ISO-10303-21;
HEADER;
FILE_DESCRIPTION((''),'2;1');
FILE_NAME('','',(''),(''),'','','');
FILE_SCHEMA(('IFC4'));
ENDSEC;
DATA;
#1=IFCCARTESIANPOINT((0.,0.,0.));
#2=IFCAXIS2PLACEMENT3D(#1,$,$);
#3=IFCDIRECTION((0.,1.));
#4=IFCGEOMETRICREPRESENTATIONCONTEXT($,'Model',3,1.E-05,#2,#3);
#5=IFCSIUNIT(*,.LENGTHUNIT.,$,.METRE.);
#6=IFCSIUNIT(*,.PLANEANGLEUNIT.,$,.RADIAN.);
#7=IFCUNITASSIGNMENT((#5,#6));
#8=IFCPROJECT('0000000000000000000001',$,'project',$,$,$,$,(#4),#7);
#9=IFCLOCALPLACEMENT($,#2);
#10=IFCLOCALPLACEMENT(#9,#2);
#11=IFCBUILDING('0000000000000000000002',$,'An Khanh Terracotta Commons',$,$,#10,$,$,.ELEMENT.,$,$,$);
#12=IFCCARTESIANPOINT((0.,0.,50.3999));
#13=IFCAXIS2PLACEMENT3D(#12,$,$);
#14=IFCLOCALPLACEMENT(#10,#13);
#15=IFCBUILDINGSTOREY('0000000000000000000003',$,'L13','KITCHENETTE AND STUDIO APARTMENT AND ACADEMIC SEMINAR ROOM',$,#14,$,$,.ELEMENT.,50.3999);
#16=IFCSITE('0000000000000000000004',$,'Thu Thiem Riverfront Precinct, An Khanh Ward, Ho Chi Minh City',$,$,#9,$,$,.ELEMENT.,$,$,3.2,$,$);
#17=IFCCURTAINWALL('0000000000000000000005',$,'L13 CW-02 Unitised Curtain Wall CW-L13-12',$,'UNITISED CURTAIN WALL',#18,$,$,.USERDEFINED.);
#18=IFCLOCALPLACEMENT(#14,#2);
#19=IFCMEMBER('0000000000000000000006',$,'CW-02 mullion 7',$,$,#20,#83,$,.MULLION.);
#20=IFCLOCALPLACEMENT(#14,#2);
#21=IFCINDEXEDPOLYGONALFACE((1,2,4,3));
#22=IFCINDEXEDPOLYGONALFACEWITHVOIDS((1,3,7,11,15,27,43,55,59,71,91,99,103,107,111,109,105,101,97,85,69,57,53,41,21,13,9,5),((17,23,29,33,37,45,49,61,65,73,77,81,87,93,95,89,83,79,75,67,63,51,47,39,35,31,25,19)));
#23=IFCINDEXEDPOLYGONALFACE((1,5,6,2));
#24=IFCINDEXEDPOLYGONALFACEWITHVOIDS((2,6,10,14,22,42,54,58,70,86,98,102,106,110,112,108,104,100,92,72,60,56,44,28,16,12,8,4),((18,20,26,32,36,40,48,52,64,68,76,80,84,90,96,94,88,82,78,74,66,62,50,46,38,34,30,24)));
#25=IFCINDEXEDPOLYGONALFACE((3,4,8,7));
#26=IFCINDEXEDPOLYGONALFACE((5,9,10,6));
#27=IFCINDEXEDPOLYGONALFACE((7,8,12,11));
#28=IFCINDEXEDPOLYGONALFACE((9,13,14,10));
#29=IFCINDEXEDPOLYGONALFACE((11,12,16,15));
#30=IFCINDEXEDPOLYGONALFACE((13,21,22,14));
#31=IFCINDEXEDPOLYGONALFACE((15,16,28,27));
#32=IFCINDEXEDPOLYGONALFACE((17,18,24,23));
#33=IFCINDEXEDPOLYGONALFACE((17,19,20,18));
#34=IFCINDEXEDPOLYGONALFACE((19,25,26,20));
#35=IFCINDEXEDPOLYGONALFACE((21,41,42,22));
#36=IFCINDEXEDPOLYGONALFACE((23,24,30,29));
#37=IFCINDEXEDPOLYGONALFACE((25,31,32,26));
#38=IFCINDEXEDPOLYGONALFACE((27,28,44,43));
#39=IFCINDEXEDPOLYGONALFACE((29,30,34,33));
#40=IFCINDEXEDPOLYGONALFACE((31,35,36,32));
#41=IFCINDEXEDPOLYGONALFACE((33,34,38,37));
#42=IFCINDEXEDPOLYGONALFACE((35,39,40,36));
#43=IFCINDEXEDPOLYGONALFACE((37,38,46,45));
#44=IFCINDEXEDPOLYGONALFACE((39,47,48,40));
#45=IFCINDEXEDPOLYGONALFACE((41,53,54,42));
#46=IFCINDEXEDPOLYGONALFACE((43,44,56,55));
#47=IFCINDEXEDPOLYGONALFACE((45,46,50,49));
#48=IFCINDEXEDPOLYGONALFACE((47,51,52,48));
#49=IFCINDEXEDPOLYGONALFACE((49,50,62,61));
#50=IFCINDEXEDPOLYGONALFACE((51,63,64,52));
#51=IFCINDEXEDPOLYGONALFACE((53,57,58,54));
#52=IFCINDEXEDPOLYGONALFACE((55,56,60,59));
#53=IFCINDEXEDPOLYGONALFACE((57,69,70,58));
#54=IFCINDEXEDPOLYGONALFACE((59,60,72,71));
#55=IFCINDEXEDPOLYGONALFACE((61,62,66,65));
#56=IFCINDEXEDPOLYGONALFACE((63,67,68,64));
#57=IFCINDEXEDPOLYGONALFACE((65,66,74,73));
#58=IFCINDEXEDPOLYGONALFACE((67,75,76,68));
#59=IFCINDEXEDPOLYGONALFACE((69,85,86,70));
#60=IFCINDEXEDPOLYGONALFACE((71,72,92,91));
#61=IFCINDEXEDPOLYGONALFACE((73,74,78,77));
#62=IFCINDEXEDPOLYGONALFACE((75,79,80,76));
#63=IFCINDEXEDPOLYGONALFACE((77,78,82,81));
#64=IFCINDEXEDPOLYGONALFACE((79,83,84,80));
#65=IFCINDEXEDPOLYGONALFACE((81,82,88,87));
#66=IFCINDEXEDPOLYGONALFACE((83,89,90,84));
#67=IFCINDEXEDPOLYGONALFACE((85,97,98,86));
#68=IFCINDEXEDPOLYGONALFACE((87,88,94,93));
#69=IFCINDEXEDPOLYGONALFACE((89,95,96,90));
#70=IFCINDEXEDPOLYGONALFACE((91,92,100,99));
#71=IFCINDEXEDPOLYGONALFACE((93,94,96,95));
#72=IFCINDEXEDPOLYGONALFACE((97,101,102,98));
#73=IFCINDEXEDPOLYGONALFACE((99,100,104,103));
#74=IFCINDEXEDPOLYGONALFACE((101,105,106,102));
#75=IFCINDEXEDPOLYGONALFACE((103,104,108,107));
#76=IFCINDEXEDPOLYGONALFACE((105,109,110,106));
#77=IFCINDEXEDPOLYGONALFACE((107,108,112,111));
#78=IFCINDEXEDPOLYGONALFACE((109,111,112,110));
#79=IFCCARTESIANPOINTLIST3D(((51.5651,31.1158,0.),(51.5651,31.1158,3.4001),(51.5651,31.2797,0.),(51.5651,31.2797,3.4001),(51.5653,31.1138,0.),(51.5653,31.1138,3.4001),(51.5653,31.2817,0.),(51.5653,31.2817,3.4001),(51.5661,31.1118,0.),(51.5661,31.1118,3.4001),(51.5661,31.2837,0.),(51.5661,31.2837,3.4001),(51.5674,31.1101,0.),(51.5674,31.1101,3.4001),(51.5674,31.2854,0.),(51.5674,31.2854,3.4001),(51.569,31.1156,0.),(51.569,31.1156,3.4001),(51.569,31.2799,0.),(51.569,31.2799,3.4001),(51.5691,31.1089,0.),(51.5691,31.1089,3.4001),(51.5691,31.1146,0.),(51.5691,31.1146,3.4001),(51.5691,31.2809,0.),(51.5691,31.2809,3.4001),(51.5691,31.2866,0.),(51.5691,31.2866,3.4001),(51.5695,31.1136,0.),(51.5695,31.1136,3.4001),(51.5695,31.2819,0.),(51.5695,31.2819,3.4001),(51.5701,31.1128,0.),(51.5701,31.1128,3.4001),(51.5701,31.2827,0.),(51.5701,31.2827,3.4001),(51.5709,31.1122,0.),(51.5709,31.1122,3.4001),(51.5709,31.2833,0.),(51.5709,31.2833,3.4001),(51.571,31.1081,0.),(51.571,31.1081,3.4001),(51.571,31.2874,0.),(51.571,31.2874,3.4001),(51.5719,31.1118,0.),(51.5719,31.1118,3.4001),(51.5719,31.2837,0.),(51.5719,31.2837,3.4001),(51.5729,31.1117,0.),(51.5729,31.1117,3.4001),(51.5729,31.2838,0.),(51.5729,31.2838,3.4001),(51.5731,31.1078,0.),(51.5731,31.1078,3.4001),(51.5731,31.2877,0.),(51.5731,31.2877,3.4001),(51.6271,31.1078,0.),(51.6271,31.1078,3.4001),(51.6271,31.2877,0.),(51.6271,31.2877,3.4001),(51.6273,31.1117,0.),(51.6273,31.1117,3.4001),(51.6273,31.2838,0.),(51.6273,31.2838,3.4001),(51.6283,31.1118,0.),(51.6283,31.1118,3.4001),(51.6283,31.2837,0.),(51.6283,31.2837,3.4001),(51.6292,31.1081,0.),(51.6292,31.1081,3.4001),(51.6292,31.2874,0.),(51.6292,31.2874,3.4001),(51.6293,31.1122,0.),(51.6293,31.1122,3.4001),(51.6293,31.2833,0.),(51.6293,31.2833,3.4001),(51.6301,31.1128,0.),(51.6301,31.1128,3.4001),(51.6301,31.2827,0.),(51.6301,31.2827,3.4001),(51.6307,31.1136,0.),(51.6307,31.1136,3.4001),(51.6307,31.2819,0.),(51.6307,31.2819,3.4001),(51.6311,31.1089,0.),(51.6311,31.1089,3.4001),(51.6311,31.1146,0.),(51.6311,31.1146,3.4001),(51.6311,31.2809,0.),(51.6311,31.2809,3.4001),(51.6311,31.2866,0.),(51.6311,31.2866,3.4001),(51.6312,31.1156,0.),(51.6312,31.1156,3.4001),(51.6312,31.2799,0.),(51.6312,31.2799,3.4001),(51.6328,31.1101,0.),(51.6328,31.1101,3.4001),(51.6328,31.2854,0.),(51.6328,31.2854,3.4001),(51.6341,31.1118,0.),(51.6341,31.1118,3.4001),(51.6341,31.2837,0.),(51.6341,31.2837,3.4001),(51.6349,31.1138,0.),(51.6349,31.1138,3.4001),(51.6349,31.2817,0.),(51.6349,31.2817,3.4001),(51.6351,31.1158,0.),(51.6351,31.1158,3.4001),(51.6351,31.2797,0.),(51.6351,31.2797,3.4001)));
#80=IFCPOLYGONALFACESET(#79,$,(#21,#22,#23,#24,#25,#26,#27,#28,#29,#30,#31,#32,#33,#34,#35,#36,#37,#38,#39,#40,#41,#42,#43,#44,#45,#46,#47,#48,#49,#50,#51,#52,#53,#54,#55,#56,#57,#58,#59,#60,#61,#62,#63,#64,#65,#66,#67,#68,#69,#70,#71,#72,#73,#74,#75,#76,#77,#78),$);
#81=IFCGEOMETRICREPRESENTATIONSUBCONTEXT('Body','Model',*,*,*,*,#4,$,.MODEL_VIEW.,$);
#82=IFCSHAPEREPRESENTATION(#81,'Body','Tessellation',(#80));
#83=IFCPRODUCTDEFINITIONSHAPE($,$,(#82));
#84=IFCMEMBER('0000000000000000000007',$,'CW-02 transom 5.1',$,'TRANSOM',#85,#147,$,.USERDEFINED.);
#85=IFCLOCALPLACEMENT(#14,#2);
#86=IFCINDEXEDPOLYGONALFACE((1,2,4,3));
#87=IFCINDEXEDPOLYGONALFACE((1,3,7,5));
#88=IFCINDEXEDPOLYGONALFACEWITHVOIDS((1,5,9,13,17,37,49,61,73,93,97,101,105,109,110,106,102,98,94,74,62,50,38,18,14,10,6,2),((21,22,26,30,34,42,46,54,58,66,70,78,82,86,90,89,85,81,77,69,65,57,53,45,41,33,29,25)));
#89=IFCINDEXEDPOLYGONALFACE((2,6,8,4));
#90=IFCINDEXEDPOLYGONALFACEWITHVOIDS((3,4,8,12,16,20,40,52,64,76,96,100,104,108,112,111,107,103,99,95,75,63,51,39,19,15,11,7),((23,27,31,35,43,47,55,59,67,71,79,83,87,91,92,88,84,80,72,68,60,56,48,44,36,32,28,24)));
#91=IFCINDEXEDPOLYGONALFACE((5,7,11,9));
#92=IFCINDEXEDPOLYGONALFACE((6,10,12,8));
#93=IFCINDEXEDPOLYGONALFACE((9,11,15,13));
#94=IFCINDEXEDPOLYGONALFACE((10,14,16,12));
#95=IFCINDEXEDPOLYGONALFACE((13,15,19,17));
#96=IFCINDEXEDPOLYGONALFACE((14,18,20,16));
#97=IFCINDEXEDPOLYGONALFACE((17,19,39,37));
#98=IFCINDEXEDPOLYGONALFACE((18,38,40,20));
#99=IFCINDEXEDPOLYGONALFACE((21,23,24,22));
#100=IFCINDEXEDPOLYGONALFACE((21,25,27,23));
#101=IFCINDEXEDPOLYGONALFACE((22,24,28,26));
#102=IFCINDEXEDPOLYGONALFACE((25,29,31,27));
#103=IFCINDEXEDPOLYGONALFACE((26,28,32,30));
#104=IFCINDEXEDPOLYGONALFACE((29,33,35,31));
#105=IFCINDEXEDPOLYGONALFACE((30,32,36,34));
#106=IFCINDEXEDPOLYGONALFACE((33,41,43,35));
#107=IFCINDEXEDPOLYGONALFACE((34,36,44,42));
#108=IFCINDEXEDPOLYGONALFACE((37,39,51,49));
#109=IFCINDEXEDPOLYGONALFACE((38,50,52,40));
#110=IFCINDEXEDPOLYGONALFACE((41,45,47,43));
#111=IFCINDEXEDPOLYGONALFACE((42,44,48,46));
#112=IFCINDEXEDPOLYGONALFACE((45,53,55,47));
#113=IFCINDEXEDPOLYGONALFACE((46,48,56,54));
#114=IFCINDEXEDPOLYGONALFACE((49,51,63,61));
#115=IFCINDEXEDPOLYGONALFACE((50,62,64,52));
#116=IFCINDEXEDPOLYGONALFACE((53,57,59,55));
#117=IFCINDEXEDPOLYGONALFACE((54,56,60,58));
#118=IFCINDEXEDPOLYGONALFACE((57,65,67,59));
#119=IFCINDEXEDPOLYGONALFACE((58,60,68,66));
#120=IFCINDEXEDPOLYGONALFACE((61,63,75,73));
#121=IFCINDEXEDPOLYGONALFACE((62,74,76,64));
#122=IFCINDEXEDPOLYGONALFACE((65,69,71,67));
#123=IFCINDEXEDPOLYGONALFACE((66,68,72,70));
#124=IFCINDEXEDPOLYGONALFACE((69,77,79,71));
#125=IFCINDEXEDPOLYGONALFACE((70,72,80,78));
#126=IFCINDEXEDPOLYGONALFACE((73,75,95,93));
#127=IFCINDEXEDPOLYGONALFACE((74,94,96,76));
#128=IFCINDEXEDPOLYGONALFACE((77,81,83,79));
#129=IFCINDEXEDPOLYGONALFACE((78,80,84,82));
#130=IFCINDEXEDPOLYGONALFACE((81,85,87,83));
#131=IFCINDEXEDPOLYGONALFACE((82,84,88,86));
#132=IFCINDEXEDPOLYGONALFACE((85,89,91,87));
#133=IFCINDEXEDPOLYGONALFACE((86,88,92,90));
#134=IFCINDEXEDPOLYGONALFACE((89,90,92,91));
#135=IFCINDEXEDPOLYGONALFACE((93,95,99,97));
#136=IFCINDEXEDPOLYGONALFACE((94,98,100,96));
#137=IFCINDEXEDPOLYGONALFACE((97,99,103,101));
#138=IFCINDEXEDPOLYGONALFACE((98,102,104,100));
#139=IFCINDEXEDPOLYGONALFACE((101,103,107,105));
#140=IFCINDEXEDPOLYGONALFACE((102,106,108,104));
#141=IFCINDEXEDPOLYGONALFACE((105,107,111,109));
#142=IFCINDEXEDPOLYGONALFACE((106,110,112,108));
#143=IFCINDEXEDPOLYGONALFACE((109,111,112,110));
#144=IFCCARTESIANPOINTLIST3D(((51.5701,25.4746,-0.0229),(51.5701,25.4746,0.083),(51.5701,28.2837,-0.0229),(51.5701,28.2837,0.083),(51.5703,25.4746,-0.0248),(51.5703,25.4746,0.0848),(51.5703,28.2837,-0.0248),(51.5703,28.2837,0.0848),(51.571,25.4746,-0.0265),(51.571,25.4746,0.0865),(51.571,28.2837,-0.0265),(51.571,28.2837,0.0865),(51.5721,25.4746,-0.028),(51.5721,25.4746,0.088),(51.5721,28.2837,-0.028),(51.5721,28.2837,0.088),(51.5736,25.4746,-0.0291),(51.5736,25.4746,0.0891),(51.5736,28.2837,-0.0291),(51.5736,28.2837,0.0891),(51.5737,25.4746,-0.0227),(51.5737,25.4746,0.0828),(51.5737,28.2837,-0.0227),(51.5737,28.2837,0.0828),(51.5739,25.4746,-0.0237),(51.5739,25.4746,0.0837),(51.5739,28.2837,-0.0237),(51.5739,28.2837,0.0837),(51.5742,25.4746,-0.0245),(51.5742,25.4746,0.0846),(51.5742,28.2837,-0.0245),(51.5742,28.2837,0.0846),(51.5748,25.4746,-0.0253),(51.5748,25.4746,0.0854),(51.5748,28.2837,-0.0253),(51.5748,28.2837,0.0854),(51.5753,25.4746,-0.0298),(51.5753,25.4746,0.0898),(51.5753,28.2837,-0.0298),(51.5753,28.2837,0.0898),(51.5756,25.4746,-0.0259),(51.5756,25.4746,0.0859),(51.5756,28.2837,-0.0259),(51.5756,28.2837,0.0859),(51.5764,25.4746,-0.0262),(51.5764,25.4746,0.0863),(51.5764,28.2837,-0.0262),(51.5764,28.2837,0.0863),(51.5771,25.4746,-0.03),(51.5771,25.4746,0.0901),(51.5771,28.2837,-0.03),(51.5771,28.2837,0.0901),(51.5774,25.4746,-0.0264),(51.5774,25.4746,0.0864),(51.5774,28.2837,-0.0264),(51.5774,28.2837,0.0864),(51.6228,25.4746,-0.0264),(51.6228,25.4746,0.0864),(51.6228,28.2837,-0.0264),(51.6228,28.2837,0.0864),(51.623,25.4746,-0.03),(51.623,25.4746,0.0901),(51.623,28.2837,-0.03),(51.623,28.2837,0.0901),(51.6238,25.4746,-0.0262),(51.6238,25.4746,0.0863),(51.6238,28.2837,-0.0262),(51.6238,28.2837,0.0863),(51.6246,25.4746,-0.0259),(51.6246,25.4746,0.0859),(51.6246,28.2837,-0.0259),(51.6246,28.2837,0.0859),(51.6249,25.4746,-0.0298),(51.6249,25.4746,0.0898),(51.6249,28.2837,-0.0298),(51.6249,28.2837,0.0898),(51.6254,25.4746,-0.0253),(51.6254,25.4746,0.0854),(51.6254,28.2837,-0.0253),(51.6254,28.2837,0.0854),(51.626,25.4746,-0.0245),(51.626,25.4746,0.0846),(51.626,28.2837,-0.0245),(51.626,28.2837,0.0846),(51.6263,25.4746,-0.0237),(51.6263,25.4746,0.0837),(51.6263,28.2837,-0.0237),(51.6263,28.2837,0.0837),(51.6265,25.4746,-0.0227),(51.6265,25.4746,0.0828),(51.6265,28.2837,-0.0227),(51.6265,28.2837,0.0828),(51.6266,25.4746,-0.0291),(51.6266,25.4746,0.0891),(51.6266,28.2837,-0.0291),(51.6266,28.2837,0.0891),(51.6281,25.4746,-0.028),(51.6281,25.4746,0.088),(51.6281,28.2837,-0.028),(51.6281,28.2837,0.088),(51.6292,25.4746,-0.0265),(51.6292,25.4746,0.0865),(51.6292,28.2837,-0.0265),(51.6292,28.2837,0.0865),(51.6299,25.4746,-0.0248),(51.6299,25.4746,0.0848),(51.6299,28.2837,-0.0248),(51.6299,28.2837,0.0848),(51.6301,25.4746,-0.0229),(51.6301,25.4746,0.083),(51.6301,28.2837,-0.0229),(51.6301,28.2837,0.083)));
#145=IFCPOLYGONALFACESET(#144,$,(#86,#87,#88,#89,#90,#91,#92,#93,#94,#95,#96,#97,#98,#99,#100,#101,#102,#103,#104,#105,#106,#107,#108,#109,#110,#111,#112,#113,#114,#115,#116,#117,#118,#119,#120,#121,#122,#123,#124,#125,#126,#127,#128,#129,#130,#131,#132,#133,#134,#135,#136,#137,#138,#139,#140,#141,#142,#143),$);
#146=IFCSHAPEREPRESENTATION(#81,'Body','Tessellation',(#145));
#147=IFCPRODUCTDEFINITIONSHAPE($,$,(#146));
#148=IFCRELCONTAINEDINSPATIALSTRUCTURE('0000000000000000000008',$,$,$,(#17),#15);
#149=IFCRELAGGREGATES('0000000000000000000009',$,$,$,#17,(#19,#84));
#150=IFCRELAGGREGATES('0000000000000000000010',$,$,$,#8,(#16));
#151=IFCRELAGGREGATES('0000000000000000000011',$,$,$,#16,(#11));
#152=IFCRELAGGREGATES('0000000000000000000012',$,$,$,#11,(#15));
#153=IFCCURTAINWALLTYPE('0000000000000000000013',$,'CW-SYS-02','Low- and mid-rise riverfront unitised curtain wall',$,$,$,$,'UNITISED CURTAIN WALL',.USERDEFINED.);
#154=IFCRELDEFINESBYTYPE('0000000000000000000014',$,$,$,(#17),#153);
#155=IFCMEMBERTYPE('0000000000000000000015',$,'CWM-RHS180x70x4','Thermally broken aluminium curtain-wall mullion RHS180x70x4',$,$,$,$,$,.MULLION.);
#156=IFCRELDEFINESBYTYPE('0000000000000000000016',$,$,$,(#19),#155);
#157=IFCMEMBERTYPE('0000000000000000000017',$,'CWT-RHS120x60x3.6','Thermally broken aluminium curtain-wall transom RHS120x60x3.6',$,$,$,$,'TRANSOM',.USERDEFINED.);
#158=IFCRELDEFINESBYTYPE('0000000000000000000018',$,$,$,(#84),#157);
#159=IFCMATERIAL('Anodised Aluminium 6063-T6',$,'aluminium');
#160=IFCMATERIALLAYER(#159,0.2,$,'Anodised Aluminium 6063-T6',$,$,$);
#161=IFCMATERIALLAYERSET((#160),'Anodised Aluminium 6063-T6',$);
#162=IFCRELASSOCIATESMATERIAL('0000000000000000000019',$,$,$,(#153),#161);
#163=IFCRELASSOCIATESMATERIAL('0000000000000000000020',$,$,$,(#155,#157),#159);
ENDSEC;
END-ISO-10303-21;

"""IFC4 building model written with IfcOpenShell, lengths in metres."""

from ifc_helpers import new_model, si_unit, direction, frame, origin, origin_2d, place, context, subcontext, project, spatial, hollow_rectangle, extrude, material, layer, layer_set, material_profile, profile_set, type_object, element, aggregate, save


model = new_model("IFC4")

# Units and contexts
model_context = context("Model", 3, precision=1e-05, world=origin(), true_north=direction((0.0, 1.0)))
body_context = subcontext(model_context, "Body", "Model", "MODEL_VIEW")
ifc_project = project(units=[si_unit("LENGTHUNIT", "METRE"), si_unit("PLANEANGLEUNIT", "RADIAN")], contexts=[model_context])

# Site, building, storey
site_placement = place(None, origin())
site = spatial("IfcSite", under=ifc_project, at=site_placement, Name="Thu Thiem Riverfront Precinct, An Khanh Ward, Ho Chi Minh City", CompositionType="ELEMENT", RefElevation=3.2)
building_placement = place(site_placement, origin())
building = spatial("IfcBuilding", under=site, at=building_placement, Name="An Khanh Terracotta Commons", CompositionType="ELEMENT")
storey_placement = place(building_placement, frame((0.0, 0.0, 50.3999)))
storey = spatial("IfcBuildingStorey", under=building, at=storey_placement, Name="L13", Description="KITCHENETTE AND STUDIO APARTMENT AND ACADEMIC SEMINAR ROOM", CompositionType="ELEMENT", Elevation=50.3999)

# Curtain wall, members
ifc_material_1 = material(Name="Anodised Aluminium 6063-T6", Category="aluminium")
ifc_layer_1 = layer(ifc_material_1, 0.2, Name="Anodised Aluminium 6063-T6")
ifc_layer_set_1 = layer_set([ifc_layer_1], Name="Anodised Aluminium 6063-T6")
curtain_wall_type = type_object("IfcCurtainWallType", Name="CW-SYS-02", Description="Low- and mid-rise riverfront unitised curtain wall", ElementType="UNITISED CURTAIN WALL", PredefinedType="USERDEFINED", material=ifc_layer_set_1)
curtain_wall_placement = place(storey_placement, origin())
curtain_wall = element("IfcCurtainWall", 1, at=curtain_wall_placement, inside=storey, type_object=curtain_wall_type, Name="L13 CW-02 Unitised Curtain Wall CW-L13-12", ObjectType="UNITISED CURTAIN WALL", PredefinedType="USERDEFINED")
ifc_material_profile_1 = material_profile(ifc_material_1, hollow_rectangle(XDim=0.0701, YDim=0.1799, WallThickness=0.0039, InnerFilletRadius=0.0039, OuterFilletRadius=0.0081, at=origin_2d()), Name="RHS180x70x4")
ifc_profile_set_1 = profile_set([ifc_material_profile_1], Name="Anodised Aluminium 6063-T6")
member_type_1 = type_object("IfcMemberType", Name="CWM-RHS180x70x4", Description="Thermally broken aluminium curtain-wall mullion RHS180x70x4", PredefinedType="MULLION", material=ifc_profile_set_1)
member_1_placement = place(storey_placement, frame((51.6001, 31.1978, 0.0), z_axis=(0.0, 0.0, 1.0), x_axis=(-1.0, 0.0, 0.0)))
member_1 = element("IfcMember", 2, at=member_1_placement, type_object=member_type_1, Name="CW-02 mullion 7", PredefinedType="MULLION", context=body_context, shape_type="SweptSolid", body=[
    extrude(hollow_rectangle(XDim=0.0701, YDim=0.1799, WallThickness=0.0039, InnerFilletRadius=0.0039, OuterFilletRadius=0.0081, at=origin_2d()), origin(), (0.0, 0.0, 1.0), 3.4001),
])
ifc_material_profile_2 = material_profile(ifc_material_1, hollow_rectangle(XDim=0.0601, YDim=0.1201, WallThickness=0.0037, InnerFilletRadius=0.0037, OuterFilletRadius=0.0071, at=origin_2d()), Name="RHS120x60x3.6")
ifc_profile_set_2 = profile_set([ifc_material_profile_2], Name="Anodised Aluminium 6063-T6")
member_type_2 = type_object("IfcMemberType", Name="CWT-RHS120x60x3.6", Description="Thermally broken aluminium curtain-wall transom RHS120x60x3.6", ElementType="TRANSOM", PredefinedType="USERDEFINED", material=ifc_profile_set_2)
member_2_placement = place(storey_placement, frame((51.6001, 25.4746, 0.03), z_axis=(0.0, 1.0, 0.0), x_axis=(-1.0, 0.0, 0.0)))
member_2 = element("IfcMember", 3, at=member_2_placement, type_object=member_type_2, Name="CW-02 transom 5.1", ObjectType="TRANSOM", PredefinedType="USERDEFINED", context=body_context, shape_type="SweptSolid", body=[
    extrude(hollow_rectangle(XDim=0.0601, YDim=0.1201, WallThickness=0.0037, InnerFilletRadius=0.0037, OuterFilletRadius=0.0071, at=origin_2d()), origin(), (0.0, 0.0, 1.0), 2.8091),
])
aggregate(curtain_wall, [member_1, member_2])

save(model, "model.ifc")
